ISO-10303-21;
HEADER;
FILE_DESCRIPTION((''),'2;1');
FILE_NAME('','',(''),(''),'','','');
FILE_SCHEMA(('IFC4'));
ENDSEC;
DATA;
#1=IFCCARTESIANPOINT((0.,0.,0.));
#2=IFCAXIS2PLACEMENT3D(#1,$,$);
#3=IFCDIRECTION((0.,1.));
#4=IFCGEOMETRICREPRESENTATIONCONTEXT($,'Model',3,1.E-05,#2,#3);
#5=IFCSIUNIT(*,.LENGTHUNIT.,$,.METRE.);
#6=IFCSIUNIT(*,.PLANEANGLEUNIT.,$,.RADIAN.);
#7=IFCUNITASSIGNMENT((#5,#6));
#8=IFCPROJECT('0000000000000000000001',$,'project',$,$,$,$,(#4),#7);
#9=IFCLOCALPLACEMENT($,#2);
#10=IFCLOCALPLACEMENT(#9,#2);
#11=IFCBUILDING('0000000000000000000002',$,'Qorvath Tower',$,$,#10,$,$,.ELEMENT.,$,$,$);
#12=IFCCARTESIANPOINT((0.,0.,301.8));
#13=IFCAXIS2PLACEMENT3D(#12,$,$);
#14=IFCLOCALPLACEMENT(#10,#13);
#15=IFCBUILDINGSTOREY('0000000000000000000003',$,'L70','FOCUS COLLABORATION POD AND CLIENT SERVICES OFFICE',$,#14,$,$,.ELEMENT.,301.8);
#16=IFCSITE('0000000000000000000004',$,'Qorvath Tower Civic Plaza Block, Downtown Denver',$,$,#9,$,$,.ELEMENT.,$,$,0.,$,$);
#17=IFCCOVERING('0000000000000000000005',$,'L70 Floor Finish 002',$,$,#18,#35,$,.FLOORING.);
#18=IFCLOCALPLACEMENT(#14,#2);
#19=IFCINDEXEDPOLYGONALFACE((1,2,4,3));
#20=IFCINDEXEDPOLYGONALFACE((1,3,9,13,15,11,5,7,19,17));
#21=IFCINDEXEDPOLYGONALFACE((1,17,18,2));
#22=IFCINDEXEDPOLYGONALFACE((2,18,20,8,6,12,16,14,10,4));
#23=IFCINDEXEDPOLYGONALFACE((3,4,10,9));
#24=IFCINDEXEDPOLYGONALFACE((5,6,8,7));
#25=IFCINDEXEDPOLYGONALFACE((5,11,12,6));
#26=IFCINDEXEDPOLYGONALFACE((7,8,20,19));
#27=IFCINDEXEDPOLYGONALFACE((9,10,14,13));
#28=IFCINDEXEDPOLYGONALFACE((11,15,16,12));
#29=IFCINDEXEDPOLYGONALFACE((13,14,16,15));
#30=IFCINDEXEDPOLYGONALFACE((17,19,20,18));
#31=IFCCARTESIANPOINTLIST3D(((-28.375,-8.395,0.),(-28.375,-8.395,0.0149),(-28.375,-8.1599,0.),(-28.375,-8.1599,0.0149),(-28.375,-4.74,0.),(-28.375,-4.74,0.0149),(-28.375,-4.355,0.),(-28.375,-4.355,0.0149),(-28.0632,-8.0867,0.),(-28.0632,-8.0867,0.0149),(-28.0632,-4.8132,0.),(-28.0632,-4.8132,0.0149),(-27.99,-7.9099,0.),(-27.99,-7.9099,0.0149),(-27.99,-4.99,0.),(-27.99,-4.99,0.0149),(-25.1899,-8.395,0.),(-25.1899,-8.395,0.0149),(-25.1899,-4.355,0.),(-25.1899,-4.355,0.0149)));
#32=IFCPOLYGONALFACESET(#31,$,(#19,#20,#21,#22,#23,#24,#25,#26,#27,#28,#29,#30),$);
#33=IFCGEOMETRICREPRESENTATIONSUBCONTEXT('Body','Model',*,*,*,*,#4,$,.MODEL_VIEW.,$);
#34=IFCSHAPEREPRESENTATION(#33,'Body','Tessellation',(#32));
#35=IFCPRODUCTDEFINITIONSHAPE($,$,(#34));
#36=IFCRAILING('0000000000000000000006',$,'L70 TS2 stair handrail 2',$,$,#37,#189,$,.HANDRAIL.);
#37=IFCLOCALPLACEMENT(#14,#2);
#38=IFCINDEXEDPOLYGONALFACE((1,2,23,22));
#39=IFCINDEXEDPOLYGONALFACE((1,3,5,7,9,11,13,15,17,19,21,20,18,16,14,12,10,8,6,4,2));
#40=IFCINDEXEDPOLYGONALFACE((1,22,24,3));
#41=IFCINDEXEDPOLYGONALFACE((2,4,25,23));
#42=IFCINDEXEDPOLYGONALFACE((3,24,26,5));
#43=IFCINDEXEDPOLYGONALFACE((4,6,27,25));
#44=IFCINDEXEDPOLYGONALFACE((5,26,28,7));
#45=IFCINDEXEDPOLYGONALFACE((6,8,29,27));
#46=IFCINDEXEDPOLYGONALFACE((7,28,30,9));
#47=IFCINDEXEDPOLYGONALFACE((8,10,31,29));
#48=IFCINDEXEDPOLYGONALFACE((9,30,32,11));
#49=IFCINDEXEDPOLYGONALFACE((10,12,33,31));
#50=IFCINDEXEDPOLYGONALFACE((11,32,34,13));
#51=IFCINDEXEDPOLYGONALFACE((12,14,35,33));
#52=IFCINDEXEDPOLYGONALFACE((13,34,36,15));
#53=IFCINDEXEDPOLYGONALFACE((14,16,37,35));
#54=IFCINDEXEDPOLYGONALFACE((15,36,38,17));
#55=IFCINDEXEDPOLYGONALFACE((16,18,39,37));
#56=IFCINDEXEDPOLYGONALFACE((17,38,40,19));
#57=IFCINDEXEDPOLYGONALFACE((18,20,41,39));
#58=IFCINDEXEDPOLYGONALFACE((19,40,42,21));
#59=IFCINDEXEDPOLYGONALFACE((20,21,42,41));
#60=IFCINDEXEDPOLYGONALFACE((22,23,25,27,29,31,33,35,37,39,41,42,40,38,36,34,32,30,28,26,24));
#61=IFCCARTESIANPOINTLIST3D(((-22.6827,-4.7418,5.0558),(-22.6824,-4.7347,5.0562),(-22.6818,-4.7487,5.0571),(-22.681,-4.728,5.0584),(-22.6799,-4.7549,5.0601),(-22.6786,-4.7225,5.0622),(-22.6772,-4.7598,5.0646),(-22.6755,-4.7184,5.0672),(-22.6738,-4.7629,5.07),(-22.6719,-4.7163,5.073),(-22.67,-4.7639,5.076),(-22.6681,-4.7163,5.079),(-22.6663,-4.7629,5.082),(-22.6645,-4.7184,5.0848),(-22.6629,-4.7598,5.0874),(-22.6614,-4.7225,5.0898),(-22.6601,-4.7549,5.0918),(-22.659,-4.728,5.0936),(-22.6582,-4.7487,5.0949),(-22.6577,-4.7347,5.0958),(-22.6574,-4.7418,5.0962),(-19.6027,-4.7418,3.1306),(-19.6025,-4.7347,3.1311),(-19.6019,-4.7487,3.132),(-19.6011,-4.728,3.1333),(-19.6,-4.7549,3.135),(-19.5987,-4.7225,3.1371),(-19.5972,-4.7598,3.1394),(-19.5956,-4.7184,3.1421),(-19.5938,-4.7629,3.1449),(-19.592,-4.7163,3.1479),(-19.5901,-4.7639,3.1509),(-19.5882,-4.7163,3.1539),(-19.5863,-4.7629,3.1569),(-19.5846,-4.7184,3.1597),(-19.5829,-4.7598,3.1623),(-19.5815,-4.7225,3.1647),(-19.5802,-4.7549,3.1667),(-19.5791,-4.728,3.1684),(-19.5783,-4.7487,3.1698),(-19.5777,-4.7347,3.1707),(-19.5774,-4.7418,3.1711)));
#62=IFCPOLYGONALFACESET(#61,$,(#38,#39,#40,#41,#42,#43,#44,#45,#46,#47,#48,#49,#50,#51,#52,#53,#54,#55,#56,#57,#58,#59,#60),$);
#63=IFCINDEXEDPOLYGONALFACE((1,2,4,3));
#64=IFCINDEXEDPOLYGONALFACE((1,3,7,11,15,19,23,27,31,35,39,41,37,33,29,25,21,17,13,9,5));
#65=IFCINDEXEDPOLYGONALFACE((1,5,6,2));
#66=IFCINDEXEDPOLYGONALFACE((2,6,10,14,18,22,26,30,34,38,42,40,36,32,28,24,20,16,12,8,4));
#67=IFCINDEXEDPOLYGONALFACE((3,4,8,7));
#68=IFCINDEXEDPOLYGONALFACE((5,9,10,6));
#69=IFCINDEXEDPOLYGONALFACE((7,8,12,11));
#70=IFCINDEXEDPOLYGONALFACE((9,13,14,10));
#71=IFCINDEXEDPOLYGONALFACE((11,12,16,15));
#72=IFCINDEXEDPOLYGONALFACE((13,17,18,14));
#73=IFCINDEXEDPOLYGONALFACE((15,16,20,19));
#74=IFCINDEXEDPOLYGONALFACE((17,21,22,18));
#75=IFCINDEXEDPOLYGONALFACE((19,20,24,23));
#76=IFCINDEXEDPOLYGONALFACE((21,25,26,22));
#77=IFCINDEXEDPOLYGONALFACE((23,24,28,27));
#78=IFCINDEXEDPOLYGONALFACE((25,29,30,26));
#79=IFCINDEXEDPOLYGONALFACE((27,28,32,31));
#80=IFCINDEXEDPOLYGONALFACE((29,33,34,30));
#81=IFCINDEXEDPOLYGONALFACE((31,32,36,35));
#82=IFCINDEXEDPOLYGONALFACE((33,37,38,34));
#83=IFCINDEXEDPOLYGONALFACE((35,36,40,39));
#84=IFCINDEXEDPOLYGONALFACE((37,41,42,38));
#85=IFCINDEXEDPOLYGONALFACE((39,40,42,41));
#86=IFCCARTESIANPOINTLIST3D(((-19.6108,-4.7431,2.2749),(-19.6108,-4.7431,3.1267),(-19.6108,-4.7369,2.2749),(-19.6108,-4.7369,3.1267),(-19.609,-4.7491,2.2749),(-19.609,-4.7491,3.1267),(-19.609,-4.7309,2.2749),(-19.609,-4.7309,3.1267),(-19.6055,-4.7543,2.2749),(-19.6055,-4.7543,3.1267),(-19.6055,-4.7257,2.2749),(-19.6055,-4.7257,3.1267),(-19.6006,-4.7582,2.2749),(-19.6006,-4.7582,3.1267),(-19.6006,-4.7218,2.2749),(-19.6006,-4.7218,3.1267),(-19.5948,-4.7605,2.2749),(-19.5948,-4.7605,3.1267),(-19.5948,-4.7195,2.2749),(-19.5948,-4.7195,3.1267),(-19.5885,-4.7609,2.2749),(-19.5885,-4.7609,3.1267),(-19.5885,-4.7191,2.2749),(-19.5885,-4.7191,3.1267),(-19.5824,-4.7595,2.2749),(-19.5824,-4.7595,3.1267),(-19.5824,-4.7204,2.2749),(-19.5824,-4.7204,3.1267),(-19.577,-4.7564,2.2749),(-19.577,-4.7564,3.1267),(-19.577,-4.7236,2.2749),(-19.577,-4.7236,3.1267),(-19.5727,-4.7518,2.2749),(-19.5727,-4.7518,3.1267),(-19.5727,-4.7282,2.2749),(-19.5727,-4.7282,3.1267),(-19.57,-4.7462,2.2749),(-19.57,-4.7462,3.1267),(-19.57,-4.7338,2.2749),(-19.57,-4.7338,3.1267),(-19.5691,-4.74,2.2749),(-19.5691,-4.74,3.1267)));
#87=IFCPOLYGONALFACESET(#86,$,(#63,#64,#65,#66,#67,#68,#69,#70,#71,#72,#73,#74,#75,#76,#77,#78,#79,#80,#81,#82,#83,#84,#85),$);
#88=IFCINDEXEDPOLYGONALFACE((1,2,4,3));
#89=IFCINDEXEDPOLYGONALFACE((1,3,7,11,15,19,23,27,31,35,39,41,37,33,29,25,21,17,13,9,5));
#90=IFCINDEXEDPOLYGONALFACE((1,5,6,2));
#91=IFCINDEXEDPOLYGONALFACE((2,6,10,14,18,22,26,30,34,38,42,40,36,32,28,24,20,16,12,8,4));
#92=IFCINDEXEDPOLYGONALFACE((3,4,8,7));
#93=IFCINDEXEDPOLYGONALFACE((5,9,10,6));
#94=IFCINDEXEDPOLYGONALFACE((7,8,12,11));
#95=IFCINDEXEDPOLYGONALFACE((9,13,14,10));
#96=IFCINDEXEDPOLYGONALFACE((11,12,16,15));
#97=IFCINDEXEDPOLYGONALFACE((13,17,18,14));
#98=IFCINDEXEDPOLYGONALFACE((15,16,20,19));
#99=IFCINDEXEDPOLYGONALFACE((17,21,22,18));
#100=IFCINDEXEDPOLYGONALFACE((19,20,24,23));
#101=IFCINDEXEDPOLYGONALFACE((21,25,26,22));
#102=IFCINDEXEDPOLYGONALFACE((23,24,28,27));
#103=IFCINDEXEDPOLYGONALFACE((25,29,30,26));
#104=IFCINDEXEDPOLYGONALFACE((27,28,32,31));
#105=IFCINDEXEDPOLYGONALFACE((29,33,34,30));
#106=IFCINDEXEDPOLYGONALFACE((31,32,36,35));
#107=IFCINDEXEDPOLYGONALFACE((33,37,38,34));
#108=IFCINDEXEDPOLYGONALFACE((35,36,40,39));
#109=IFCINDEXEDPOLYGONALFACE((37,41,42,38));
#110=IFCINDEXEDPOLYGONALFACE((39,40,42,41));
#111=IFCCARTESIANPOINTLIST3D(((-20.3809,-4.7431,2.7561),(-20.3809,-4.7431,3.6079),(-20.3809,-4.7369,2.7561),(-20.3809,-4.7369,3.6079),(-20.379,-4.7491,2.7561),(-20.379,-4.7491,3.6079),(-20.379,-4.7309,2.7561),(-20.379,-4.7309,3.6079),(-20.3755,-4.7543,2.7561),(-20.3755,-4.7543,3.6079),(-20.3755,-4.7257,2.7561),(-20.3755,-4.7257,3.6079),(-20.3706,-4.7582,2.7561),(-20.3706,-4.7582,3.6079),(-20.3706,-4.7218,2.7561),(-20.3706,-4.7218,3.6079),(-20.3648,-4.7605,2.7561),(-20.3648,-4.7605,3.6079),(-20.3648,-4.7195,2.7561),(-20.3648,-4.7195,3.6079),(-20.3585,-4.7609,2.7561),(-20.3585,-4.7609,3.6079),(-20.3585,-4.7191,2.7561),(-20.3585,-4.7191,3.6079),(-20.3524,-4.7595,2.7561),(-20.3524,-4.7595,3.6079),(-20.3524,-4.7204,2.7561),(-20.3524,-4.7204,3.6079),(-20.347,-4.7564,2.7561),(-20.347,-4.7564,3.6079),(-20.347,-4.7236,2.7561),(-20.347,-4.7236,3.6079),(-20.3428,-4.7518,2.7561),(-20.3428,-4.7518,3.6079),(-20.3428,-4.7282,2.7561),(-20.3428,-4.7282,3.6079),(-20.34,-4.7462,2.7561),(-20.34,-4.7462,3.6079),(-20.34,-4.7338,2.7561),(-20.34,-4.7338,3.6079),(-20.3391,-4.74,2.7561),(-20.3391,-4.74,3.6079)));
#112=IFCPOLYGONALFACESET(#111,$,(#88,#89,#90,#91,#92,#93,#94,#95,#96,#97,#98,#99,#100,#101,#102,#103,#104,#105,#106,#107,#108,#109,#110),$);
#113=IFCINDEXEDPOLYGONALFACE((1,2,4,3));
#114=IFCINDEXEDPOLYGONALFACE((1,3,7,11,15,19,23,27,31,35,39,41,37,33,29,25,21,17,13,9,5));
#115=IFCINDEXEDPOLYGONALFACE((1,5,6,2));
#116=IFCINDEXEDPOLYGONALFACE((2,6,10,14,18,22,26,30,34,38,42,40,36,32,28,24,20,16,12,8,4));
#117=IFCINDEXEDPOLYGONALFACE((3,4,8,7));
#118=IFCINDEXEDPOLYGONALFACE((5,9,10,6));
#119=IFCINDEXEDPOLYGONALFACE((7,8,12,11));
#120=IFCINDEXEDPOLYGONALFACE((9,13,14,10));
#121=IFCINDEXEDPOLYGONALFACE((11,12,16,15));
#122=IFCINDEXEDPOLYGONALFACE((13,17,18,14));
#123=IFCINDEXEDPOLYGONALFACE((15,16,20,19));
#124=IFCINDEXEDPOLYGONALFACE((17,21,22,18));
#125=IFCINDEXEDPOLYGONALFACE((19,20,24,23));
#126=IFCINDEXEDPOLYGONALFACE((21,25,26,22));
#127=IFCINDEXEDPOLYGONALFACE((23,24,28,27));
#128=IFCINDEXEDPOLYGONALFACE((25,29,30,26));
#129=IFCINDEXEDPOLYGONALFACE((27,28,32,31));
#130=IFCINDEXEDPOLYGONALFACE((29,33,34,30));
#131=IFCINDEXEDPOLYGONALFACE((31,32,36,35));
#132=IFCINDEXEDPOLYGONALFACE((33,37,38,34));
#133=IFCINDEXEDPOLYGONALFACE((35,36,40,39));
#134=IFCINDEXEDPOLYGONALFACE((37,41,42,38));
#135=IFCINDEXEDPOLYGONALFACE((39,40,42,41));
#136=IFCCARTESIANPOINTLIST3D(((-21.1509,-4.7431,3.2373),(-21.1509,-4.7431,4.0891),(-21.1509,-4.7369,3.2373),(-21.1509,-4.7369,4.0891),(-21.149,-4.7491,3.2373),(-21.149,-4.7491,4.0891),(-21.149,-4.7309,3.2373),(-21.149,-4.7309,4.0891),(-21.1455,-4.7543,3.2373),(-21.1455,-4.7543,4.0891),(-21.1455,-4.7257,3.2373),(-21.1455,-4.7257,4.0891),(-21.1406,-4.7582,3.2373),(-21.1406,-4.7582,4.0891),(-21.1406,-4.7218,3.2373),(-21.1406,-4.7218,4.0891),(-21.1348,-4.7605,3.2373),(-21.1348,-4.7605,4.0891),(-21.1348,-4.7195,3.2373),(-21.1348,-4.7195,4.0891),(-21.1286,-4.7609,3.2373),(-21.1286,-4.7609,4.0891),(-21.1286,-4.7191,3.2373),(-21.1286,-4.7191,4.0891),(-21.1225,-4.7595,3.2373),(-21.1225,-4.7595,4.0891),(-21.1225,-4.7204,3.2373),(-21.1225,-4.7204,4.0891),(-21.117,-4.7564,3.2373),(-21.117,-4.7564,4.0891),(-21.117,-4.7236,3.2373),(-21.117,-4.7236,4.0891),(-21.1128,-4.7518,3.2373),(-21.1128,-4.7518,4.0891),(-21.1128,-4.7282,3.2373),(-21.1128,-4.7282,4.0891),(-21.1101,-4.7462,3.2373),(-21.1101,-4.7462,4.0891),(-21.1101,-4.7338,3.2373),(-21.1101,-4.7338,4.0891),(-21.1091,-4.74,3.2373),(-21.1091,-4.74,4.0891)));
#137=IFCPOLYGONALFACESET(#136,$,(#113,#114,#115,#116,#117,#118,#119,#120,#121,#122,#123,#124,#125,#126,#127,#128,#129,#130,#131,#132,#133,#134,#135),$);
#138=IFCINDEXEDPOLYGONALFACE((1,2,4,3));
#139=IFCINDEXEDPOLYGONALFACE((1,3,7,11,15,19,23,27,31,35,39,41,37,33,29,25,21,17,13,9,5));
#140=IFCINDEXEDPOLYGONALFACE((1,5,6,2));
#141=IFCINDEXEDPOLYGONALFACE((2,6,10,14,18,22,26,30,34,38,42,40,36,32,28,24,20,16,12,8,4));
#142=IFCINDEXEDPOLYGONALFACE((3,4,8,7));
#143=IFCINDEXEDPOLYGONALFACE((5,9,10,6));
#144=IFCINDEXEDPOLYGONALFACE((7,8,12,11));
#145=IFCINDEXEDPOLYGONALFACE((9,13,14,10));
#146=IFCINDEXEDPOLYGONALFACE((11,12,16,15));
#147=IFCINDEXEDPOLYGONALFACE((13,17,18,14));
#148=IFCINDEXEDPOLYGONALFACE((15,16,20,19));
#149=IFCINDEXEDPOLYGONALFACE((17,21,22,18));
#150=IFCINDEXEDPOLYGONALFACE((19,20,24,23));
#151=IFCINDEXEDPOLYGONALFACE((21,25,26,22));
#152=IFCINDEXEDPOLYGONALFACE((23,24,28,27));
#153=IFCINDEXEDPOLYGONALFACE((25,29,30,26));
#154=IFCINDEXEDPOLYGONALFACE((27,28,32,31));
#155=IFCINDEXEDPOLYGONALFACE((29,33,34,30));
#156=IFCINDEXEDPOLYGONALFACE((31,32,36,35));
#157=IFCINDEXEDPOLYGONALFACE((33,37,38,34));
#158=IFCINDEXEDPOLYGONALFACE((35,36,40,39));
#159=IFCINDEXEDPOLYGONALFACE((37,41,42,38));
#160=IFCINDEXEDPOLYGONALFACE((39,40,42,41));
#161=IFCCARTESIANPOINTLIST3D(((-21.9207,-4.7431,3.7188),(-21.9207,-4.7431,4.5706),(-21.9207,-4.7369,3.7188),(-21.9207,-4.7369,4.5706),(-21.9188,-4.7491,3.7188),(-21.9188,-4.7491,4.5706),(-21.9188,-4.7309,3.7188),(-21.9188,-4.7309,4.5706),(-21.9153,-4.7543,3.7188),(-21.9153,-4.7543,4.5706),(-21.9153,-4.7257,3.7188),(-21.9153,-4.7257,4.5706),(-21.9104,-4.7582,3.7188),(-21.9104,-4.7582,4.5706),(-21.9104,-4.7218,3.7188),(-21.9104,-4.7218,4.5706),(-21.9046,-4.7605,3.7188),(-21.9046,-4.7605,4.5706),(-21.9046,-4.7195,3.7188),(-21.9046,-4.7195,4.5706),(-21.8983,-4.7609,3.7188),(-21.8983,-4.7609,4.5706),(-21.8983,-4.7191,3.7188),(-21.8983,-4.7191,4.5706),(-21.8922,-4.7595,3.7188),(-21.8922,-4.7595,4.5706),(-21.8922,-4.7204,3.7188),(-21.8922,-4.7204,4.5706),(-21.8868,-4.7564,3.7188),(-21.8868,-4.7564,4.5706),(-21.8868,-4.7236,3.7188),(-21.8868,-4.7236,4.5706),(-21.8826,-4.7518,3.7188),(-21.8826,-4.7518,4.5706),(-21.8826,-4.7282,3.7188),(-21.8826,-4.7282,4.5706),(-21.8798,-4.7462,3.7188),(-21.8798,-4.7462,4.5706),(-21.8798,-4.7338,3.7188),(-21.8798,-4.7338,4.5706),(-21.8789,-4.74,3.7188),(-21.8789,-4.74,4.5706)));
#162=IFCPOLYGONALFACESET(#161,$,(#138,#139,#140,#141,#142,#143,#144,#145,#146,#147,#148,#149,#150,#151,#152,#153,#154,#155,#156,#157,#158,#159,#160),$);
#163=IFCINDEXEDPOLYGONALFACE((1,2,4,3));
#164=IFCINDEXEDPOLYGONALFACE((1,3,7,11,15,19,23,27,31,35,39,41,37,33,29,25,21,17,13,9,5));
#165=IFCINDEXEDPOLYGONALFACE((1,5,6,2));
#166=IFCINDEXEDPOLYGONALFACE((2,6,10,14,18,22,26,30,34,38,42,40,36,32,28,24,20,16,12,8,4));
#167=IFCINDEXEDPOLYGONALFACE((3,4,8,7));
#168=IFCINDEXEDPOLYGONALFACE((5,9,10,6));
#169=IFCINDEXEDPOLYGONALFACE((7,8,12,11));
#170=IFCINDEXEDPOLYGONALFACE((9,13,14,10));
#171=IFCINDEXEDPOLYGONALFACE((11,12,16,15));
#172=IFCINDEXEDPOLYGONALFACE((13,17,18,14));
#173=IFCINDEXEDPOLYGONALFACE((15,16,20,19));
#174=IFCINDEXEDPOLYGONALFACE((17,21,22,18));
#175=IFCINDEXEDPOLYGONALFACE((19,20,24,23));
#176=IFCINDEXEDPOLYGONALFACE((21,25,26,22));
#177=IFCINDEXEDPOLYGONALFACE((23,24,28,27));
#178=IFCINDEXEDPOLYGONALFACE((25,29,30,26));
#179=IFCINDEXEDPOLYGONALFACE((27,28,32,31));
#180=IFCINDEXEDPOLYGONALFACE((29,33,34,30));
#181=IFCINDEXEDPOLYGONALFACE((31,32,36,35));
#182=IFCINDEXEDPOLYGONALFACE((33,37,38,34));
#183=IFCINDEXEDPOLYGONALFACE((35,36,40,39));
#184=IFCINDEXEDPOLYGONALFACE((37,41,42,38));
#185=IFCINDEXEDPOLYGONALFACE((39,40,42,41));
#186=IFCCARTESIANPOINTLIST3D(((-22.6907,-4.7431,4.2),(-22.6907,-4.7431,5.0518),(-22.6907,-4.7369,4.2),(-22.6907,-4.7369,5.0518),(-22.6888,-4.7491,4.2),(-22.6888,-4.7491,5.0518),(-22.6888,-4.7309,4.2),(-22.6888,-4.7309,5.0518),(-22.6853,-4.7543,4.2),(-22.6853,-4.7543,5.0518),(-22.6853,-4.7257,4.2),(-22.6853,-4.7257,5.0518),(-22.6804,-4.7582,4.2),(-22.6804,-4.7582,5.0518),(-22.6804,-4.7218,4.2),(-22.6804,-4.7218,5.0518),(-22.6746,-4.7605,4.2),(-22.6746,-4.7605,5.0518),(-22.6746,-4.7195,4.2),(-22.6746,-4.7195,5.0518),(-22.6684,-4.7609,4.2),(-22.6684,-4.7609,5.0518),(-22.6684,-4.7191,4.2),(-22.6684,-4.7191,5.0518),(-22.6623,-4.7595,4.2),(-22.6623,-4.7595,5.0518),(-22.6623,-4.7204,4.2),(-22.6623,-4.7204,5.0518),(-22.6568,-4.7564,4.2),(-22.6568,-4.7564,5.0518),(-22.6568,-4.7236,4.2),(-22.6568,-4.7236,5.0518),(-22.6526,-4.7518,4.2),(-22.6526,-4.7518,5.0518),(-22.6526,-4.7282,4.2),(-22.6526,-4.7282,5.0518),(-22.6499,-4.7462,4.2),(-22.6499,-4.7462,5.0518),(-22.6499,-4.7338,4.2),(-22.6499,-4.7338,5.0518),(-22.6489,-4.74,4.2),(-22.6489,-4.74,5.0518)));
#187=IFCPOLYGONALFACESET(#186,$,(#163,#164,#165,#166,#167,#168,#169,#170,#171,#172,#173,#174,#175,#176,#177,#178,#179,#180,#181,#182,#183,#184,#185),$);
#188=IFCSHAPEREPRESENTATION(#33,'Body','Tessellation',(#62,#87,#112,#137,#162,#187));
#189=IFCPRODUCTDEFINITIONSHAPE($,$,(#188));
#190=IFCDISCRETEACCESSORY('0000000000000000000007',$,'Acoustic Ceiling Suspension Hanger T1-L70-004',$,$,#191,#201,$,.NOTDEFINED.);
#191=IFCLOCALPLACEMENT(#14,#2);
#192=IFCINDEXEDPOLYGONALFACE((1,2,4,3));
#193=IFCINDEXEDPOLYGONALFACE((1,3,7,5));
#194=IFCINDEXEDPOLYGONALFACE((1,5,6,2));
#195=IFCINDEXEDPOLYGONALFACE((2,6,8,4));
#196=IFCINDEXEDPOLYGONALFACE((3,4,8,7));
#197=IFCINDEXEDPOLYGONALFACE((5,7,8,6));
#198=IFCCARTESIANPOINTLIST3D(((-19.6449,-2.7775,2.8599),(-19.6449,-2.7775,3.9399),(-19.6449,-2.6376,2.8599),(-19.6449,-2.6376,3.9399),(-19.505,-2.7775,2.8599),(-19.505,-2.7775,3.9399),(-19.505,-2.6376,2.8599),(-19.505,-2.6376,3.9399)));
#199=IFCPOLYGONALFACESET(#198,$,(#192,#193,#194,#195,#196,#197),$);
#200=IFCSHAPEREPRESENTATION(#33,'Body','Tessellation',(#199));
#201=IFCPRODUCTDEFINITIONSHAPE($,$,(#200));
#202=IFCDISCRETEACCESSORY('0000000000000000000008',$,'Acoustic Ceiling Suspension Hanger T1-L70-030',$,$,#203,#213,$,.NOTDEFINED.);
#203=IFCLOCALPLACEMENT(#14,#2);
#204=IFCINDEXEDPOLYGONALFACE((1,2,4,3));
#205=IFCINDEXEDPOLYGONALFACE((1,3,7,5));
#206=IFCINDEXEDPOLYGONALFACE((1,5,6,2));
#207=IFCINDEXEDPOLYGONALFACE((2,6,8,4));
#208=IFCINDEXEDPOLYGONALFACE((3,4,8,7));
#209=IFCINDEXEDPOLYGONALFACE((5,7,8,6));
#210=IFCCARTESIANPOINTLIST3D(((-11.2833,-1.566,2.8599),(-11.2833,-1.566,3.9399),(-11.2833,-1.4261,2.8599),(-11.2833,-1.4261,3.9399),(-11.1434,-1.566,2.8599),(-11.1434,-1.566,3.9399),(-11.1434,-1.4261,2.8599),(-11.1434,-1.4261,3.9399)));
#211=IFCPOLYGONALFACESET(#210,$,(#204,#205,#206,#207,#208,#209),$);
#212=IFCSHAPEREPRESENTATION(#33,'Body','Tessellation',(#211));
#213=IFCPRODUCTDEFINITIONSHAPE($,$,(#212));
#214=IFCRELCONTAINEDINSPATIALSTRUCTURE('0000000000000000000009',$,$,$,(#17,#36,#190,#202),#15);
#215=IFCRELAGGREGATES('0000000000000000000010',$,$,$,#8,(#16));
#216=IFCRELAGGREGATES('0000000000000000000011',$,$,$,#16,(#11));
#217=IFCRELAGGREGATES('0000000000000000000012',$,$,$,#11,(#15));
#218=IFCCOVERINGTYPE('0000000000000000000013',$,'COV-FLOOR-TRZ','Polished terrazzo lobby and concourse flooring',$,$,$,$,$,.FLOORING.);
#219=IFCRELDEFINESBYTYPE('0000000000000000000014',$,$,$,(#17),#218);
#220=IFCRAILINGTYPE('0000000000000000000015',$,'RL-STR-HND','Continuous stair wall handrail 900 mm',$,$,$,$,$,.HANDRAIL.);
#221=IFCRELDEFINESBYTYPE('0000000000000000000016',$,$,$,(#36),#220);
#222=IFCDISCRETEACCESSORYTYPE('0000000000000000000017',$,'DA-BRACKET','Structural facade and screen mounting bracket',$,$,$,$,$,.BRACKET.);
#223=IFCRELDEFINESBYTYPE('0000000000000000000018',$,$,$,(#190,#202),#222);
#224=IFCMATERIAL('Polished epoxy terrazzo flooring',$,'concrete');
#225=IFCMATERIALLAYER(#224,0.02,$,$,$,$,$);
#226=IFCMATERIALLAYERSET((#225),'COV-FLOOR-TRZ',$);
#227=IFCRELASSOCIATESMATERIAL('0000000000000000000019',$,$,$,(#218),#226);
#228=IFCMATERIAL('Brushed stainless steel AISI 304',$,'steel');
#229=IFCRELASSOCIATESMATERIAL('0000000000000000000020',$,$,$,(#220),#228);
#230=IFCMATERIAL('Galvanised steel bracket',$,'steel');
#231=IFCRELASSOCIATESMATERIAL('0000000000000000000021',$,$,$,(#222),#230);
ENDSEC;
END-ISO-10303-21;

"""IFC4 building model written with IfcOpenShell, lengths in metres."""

from ifc_helpers import new_model, si_unit, direction, frame, origin, origin_2d, place, context, subcontext, project, spatial, polyline, rectangle, circle, outline, extrude, material, layer, layer_set, type_object, element, save


model = new_model("IFC4")

# Units and contexts
model_context = context("Model", 3, precision=1e-05, world=origin(), true_north=direction((0.0, 1.0)))
body_context = subcontext(model_context, "Body", "Model", "MODEL_VIEW")
ifc_project = project(units=[si_unit("LENGTHUNIT", "METRE"), si_unit("PLANEANGLEUNIT", "RADIAN")], contexts=[model_context])

# Site, building, storey
site_placement = place(None, origin())
site = spatial("IfcSite", under=ifc_project, at=site_placement, Name="Qorvath Tower Civic Plaza Block, Downtown Denver", CompositionType="ELEMENT", RefElevation=0.0)
building_placement = place(site_placement, origin())
building = spatial("IfcBuilding", under=site, at=building_placement, Name="Qorvath Tower", CompositionType="ELEMENT")
storey_placement = place(building_placement, frame((0.0, 0.0, 301.8)))
storey = spatial("IfcBuildingStorey", under=building, at=storey_placement, Name="L70", Description="FOCUS COLLABORATION POD AND CLIENT SERVICES OFFICE", CompositionType="ELEMENT", Elevation=301.8)

# Covering
ifc_material_1 = material(Name="Polished epoxy terrazzo flooring", Category="concrete")
ifc_layer_1 = layer(ifc_material_1, 0.02)
ifc_layer_set_1 = layer_set([ifc_layer_1], Name="COV-FLOOR-TRZ")
covering_type_1 = type_object("IfcCoveringType", Name="COV-FLOOR-TRZ", Description="Polished terrazzo lobby and concourse flooring", PredefinedType="FLOORING", material=ifc_layer_set_1)
covering_1_placement = place(storey_placement, origin())
element("IfcCovering", 1, at=covering_1_placement, inside=storey, type_object=covering_type_1, Name="L70 Floor Finish 002", PredefinedType="FLOORING", context=body_context, shape_type="SweptSolid", body=[
    extrude(outline(polyline([(-25.1899, -8.395), (-25.1899, -4.355), (-28.375, -4.355), (-28.375, -4.74), (-28.0632, -4.8132), (-27.99, -4.99), (-27.99, -7.9099), (-28.0632, -8.0867), (-28.375, -8.1599), (-28.375, -8.395), (-25.1899, -8.395)])), origin(), (0.0, 0.0, 1.0), 0.0149),
])

# Railing
ifc_material_2 = material(Name="Brushed stainless steel AISI 304", Category="steel")
railing_type_1 = type_object("IfcRailingType", Name="RL-STR-HND", Description="Continuous stair wall handrail 900 mm", PredefinedType="HANDRAIL", material=ifc_material_2)
railing_1_placement = place(storey_placement, frame((-19.5901, -4.74, 2.2749)))
element("IfcRailing", 2, at=railing_1_placement, inside=storey, type_object=railing_type_1, Name="L70 TS2 stair handrail 2", PredefinedType="HANDRAIL", context=body_context, shape_type="SweptSolid", body=[
    extrude(circle(Radius=0.0239, at=origin_2d()), frame((0.0, 0.0, 0.876), z_axis=(-0.847979, 0.0, 0.530029), x_axis=(0.0, -1.0, 0.0)), (0.0, 0.0, 1.0), 3.6321),
    extrude(circle(Radius=0.021, at=origin_2d()), origin(), (0.0, 0.0, 1.0), 0.8518),
    extrude(circle(Radius=0.021, at=origin_2d()), frame((-0.77, 0.0, 0.4812)), (0.0, 0.0, 1.0), 0.8518),
    extrude(circle(Radius=0.021, at=origin_2d()), frame((-1.54, 0.0, 0.9624)), (0.0, 0.0, 1.0), 0.8518),
    extrude(circle(Radius=0.021, at=origin_2d()), frame((-2.3098, 0.0, 1.4438)), (0.0, 0.0, 1.0), 0.8518),
    extrude(circle(Radius=0.021, at=origin_2d()), frame((-3.0798, 0.0, 1.925)), (0.0, 0.0, 1.0), 0.8518),
])

# Discrete accessories
ifc_material_3 = material(Name="Galvanised steel bracket", Category="steel")
discrete_accessory_type = type_object("IfcDiscreteAccessoryType", Name="DA-BRACKET", Description="Structural facade and screen mounting bracket", PredefinedType="BRACKET", material=ifc_material_3)
for number, where, z_axis, x_axis, name in (
    (3, (-19.575, -2.7075, 2.8599), (0.0, 0.0, 1.0), (1.0, 0.0, 0.0), "Acoustic Ceiling Suspension Hanger T1-L70-004"),
    (4, (-11.2134, -1.4961, 2.8599), (0.0, 0.0, 1.0), (1.0, 0.0, 0.0), "Acoustic Ceiling Suspension Hanger T1-L70-030"),
):
    element("IfcDiscreteAccessory", number, at=place(storey_placement, frame(where, z_axis=z_axis, x_axis=x_axis)), inside=storey, type_object=discrete_accessory_type, Name=name, PredefinedType="NOTDEFINED", context=body_context, shape_type="SweptSolid", body=[
        extrude(rectangle(XDim=0.1399, YDim=0.1399, at=origin_2d()), origin(), (0.0, 0.0, 1.0), 1.0801),
    ])

save(model, "model.ifc")
